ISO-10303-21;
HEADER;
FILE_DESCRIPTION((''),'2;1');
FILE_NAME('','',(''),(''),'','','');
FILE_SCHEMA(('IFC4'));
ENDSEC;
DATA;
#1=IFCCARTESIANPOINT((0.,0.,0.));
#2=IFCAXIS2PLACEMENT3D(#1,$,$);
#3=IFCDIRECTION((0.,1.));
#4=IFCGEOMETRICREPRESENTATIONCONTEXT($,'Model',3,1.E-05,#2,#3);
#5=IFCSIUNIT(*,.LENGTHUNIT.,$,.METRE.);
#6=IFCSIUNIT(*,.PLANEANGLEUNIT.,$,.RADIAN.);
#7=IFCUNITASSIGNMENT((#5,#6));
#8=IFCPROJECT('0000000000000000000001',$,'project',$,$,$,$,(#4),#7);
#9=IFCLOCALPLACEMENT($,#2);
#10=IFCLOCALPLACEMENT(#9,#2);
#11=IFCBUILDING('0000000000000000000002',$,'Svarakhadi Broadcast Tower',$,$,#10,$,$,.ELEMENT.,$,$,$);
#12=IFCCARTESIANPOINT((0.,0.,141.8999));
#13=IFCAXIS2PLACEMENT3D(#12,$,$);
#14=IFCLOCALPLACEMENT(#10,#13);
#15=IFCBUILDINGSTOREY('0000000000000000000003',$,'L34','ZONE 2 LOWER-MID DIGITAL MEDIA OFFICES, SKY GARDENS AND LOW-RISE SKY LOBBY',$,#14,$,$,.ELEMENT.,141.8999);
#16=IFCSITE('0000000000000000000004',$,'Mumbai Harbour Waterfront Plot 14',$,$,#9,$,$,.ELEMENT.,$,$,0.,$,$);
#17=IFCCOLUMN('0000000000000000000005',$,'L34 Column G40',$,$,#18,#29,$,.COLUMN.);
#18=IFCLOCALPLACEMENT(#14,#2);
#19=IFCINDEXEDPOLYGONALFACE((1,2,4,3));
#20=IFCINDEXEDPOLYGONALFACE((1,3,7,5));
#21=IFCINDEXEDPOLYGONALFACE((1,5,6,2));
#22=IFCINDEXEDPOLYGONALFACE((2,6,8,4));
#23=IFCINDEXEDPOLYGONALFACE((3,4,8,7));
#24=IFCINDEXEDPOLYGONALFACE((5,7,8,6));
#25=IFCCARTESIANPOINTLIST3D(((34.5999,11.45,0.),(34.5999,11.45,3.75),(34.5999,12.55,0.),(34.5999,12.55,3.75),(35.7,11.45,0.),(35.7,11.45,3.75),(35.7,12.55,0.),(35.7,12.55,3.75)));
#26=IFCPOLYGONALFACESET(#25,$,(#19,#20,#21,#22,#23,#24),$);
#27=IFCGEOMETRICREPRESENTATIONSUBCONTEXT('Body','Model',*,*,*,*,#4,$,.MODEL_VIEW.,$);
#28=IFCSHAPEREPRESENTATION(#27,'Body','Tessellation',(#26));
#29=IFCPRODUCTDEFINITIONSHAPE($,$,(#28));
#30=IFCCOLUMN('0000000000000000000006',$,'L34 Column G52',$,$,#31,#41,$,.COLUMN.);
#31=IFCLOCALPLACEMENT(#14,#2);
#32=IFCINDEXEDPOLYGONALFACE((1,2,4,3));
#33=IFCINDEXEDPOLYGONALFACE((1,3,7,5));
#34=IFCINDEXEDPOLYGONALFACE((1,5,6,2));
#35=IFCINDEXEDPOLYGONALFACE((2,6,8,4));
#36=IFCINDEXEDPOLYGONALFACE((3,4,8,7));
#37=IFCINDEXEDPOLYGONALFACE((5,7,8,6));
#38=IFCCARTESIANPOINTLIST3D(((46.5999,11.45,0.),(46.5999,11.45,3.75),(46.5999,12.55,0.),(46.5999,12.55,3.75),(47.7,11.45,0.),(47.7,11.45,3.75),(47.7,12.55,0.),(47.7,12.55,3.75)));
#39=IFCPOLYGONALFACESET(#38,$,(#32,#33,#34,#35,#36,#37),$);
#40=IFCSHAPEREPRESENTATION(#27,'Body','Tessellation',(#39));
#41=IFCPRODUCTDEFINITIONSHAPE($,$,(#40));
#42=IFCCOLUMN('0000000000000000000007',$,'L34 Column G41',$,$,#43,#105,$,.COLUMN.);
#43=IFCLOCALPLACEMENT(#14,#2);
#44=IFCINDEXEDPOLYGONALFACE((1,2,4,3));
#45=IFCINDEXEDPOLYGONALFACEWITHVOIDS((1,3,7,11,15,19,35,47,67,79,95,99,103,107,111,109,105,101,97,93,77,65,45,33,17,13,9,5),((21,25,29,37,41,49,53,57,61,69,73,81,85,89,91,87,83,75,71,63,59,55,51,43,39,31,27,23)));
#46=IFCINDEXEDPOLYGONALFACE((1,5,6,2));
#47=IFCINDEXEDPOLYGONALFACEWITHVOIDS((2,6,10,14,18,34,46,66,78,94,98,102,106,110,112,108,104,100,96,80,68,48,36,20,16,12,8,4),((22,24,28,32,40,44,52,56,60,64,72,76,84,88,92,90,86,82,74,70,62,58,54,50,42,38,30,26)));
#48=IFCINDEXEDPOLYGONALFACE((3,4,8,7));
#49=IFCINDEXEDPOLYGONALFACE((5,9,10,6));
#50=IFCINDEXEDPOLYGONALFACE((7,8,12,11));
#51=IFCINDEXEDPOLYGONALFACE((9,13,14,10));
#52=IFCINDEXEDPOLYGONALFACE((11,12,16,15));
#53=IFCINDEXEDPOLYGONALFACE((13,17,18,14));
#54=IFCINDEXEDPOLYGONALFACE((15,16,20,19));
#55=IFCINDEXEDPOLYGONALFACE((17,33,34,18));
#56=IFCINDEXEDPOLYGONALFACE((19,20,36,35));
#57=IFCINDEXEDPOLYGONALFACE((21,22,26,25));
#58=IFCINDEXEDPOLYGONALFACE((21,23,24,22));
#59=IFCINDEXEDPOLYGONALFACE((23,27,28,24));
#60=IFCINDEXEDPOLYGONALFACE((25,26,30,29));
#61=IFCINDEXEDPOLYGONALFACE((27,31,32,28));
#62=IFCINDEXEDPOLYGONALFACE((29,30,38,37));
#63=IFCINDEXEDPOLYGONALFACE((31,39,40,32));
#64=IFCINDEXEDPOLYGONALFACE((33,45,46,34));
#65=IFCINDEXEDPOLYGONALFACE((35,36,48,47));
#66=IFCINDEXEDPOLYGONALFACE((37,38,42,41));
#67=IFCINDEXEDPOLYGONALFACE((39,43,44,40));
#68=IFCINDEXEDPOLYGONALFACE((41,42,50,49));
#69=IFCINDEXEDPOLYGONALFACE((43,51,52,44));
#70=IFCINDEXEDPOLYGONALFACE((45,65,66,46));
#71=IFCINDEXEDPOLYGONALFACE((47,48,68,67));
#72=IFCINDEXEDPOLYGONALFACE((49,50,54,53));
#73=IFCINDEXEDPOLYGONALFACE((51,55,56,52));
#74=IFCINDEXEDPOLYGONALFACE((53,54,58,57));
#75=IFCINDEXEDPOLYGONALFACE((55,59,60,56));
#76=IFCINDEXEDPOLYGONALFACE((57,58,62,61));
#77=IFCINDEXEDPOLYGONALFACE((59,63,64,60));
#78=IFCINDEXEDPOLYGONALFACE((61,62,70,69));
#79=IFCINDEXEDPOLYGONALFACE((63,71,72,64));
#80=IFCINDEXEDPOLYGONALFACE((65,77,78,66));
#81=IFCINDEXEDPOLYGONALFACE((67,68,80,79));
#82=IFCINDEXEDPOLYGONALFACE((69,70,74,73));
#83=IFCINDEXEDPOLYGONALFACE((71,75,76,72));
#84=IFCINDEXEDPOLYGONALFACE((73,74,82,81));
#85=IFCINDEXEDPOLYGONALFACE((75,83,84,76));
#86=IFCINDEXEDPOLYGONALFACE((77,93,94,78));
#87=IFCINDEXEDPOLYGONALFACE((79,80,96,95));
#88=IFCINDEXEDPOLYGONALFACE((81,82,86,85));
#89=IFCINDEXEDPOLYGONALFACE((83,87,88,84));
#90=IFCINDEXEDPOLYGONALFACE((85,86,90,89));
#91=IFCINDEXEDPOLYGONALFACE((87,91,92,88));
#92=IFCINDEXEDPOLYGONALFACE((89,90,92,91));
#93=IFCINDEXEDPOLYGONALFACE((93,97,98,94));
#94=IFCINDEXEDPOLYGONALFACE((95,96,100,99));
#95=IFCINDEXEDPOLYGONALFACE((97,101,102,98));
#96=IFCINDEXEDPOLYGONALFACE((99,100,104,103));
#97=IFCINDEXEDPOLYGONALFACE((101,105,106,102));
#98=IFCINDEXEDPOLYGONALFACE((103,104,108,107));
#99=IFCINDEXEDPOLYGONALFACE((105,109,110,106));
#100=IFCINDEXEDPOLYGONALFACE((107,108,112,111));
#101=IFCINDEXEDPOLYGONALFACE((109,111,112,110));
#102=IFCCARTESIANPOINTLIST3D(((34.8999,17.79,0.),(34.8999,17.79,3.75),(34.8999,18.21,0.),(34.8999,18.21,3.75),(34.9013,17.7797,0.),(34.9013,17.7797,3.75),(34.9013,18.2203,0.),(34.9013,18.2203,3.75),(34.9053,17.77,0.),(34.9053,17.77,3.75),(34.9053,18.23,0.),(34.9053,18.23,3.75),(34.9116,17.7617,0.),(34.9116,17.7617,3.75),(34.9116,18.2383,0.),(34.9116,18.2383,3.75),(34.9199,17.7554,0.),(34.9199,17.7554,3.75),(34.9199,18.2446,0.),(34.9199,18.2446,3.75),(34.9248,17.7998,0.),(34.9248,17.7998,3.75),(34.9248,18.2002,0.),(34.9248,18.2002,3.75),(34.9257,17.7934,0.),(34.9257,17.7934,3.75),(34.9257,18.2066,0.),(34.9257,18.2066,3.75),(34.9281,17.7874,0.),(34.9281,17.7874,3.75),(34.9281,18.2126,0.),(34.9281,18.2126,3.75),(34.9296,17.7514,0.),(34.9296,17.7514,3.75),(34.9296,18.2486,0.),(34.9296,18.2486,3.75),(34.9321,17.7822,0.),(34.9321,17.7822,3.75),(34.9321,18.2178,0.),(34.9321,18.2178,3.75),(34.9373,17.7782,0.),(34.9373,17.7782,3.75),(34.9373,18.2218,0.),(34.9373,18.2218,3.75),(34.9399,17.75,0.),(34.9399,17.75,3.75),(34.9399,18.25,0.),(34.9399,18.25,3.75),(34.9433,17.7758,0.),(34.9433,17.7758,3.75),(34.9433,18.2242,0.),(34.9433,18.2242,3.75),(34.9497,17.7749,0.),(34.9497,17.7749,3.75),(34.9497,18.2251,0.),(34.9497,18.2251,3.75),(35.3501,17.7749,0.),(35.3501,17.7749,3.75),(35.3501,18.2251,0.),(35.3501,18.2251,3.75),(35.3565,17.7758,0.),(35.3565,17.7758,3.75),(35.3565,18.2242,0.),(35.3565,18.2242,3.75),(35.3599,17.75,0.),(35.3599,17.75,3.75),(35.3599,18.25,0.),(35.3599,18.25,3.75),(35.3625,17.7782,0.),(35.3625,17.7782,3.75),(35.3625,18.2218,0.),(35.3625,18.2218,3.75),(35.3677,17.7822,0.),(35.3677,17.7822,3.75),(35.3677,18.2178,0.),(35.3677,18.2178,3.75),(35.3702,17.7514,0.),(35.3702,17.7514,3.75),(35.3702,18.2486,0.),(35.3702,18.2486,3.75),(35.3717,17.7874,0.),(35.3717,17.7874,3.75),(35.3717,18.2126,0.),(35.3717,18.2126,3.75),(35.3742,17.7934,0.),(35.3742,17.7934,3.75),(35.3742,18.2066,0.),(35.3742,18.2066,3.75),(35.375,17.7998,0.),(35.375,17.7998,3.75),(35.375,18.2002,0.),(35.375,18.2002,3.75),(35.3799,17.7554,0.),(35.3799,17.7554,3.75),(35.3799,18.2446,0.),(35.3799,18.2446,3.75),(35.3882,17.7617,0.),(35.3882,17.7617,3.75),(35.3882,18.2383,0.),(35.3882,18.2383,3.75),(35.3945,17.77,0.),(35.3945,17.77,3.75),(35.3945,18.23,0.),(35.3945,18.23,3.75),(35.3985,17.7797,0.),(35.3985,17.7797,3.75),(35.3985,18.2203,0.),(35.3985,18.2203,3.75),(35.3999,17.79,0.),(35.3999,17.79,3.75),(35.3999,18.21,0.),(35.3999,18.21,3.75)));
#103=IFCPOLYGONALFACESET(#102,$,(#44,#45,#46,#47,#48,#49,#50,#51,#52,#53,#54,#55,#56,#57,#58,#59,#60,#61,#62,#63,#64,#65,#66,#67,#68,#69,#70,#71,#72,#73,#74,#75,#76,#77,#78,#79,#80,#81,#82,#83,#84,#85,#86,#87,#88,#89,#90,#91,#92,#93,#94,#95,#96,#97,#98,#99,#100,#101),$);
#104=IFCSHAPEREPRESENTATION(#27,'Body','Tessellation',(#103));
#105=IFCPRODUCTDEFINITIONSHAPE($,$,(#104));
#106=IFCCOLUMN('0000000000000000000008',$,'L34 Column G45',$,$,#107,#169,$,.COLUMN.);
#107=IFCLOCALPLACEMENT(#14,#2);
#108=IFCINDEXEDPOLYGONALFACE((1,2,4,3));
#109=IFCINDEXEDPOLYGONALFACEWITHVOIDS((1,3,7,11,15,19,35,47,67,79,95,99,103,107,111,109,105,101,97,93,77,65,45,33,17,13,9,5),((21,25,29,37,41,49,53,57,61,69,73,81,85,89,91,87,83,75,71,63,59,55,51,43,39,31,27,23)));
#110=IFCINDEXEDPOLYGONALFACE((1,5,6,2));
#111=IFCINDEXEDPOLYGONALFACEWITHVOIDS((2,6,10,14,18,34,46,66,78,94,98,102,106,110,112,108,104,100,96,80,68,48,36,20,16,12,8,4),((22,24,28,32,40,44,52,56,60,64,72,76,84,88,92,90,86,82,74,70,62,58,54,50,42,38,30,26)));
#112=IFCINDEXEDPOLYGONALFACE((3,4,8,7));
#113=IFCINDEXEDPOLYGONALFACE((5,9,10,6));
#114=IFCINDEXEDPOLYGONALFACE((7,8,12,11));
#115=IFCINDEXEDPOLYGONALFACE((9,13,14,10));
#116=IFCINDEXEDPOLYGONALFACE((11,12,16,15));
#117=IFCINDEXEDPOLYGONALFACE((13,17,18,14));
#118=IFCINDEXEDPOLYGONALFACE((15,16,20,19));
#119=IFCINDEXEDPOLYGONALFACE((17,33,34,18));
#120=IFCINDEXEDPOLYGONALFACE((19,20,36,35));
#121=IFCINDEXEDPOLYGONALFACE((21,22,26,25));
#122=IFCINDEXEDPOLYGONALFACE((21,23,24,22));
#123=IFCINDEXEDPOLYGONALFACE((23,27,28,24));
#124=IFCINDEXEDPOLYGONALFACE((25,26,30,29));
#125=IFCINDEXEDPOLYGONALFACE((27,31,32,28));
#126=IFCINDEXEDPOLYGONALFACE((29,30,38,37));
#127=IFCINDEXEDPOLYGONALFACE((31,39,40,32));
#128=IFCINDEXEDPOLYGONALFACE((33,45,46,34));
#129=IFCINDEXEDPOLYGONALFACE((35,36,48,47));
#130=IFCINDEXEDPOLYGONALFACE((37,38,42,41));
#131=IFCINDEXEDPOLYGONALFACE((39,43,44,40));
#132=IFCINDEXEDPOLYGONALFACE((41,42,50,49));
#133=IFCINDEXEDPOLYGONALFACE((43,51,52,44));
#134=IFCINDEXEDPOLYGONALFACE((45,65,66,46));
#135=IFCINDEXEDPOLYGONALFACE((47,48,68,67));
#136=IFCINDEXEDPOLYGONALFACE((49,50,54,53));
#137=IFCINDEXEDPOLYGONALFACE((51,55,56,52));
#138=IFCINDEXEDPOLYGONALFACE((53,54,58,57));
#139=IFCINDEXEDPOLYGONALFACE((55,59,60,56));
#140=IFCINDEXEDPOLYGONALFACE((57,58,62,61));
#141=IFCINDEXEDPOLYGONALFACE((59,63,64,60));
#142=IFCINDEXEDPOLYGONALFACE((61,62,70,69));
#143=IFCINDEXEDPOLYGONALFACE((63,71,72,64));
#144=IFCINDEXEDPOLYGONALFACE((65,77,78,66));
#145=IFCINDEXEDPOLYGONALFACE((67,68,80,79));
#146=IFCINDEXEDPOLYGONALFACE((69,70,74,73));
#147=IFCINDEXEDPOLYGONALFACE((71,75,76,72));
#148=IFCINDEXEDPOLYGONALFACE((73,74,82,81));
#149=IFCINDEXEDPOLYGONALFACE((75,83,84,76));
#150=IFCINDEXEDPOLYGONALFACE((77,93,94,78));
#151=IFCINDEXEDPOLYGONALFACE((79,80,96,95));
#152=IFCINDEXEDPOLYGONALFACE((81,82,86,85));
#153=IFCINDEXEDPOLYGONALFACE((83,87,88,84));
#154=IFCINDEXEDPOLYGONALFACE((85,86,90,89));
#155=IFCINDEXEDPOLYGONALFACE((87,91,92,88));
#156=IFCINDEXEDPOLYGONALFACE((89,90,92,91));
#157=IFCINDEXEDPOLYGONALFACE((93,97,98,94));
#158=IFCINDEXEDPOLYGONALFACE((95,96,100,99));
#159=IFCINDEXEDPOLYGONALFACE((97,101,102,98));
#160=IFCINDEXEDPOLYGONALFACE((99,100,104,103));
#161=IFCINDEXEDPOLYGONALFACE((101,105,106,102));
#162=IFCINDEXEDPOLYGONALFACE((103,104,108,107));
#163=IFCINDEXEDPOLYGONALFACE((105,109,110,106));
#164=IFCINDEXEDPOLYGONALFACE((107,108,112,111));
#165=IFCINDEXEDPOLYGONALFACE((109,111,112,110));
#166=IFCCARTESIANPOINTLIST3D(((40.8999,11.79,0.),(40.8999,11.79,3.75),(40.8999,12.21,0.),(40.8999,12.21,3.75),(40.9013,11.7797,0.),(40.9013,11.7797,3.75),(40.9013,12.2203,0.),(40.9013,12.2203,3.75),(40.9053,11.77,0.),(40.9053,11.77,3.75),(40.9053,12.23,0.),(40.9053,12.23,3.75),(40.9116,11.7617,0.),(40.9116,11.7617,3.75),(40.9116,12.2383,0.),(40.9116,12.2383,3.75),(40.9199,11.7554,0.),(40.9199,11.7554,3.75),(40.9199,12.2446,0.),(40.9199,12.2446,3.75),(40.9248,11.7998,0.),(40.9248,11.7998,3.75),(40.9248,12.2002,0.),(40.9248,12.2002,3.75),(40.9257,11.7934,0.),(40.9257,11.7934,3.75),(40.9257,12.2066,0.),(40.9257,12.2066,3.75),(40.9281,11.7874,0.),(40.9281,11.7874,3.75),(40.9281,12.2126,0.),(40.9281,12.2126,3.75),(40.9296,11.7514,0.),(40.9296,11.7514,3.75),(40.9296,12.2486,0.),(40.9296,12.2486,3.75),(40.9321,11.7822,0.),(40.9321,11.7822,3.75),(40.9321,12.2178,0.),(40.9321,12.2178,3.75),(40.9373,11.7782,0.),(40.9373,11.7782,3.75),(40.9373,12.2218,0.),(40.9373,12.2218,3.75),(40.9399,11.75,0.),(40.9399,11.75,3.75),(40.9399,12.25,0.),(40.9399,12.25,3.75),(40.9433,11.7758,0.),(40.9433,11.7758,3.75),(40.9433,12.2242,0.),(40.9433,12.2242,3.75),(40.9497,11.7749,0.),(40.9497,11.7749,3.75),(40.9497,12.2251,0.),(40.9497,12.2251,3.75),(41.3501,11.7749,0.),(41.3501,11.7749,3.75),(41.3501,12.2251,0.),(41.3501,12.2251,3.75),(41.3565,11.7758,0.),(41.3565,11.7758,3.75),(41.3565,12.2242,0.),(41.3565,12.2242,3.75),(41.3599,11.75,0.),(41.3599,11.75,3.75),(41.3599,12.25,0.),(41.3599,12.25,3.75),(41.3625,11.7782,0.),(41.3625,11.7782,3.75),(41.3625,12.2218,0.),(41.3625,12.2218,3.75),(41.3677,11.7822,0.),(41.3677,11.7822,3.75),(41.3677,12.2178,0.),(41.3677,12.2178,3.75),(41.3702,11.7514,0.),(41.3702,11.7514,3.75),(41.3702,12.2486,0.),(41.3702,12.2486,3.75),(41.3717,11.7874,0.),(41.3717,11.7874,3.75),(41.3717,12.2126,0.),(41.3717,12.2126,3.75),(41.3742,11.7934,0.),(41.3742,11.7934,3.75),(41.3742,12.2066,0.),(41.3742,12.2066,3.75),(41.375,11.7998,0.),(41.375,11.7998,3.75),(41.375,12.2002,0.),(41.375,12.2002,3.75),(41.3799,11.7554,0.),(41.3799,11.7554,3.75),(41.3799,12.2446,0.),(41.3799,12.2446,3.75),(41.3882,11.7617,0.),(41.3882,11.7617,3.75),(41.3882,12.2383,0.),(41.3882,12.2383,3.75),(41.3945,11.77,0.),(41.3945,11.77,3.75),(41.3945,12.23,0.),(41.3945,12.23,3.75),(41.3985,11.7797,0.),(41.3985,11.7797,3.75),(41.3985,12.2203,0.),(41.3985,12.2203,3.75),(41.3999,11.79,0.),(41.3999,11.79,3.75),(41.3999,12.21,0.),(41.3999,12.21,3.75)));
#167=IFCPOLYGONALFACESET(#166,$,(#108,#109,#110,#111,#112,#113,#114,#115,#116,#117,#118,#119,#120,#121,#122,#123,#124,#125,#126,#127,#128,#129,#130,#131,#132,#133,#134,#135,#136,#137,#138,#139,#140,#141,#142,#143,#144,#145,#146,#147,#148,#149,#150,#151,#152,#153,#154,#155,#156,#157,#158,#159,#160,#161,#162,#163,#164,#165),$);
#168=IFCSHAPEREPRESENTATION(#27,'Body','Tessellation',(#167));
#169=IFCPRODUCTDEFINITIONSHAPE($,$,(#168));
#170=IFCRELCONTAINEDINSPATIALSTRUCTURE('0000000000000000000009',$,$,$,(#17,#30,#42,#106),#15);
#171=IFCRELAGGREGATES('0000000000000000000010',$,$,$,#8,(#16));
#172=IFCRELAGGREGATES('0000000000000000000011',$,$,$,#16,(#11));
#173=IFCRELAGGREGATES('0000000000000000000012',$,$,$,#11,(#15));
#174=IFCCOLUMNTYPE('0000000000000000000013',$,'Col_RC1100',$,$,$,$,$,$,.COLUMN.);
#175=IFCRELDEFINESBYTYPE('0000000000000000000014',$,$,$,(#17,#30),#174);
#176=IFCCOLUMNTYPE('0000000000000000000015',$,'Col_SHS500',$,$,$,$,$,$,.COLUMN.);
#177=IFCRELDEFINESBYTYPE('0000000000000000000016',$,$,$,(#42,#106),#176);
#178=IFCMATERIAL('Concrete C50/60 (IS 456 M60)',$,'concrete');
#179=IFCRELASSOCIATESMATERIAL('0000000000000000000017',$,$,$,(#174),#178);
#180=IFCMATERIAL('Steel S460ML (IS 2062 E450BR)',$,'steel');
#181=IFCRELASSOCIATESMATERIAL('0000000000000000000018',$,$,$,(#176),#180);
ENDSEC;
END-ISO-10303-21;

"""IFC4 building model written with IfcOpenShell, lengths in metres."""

from ifc_helpers import new_model, si_unit, direction, frame, origin, origin_2d, place, context, subcontext, project, spatial, rectangle, hollow_rectangle, extrude, material, material_profile, profile_set, type_object, element, save


model = new_model("IFC4")

# Units and contexts
model_context = context("Model", 3, precision=1e-05, world=origin(), true_north=direction((0.0, 1.0)))
body_context = subcontext(model_context, "Body", "Model", "MODEL_VIEW")
ifc_project = project(units=[si_unit("LENGTHUNIT", "METRE"), si_unit("PLANEANGLEUNIT", "RADIAN")], contexts=[model_context])

# Site, building, storey
site_placement = place(None, origin())
site = spatial("IfcSite", under=ifc_project, at=site_placement, Name="Mumbai Harbour Waterfront Plot 14", CompositionType="ELEMENT", RefElevation=0.0)
building_placement = place(site_placement, origin())
building = spatial("IfcBuilding", under=site, at=building_placement, Name="Svarakhadi Broadcast Tower", CompositionType="ELEMENT")
storey_placement = place(building_placement, frame((0.0, 0.0, 141.8999)))
storey = spatial("IfcBuildingStorey", under=building, at=storey_placement, Name="L34", Description="ZONE 2 LOWER-MID DIGITAL MEDIA OFFICES, SKY GARDENS AND LOW-RISE SKY LOBBY", CompositionType="ELEMENT", Elevation=141.8999)

# Columns
ifc_material_1 = material(Name="Concrete C50/60 (IS 456 M60)", Category="concrete")
ifc_material_profile_1 = material_profile(ifc_material_1, rectangle(XDim=1.1001, YDim=1.1001, at=origin_2d()), Name="RC 1100x1100")
ifc_profile_set_1 = profile_set([ifc_material_profile_1], Name="Concrete C50/60 (IS 456 M60)")
column_type_1 = type_object("IfcColumnType", Name="Col_RC1100", PredefinedType="COLUMN", material=ifc_profile_set_1)
for number, where, z_axis, x_axis, name in (
    (1, (35.1499, 12.0, 0.0), (0.0, 0.0, 1.0), (1.0, 0.0, 0.0), "L34 Column G40"),
    (2, (47.1499, 12.0, 0.0), (0.0, 0.0, 1.0), (1.0, 0.0, 0.0), "L34 Column G52"),
):
    element("IfcColumn", number, at=place(storey_placement, frame(where, z_axis=z_axis, x_axis=x_axis)), inside=storey, type_object=column_type_1, Name=name, PredefinedType="COLUMN", context=body_context, shape_type="SweptSolid", body=[
        extrude(rectangle(XDim=1.1001, YDim=1.1001, at=origin_2d()), origin(), (0.0, 0.0, 1.0), 3.75),
    ])
ifc_material_2 = material(Name="Steel S460ML (IS 2062 E450BR)", Category="steel")
ifc_material_profile_2 = material_profile(ifc_material_2, hollow_rectangle(XDim=0.5, YDim=0.5, WallThickness=0.0249, InnerFilletRadius=0.0249, OuterFilletRadius=0.04, at=origin_2d()), Name="SHS 500x500x25")
ifc_profile_set_2 = profile_set([ifc_material_profile_2], Name="Steel S460ML (IS 2062 E450BR)")
column_type_2 = type_object("IfcColumnType", Name="Col_SHS500", PredefinedType="COLUMN", material=ifc_profile_set_2)
for number, where, z_axis, x_axis, name in (
    (3, (35.1499, 18.0, 0.0), (0.0, 0.0, 1.0), (1.0, 0.0, 0.0), "L34 Column G41"),
    (4, (41.1499, 12.0, 0.0), (0.0, 0.0, 1.0), (1.0, 0.0, 0.0), "L34 Column G45"),
):
    element("IfcColumn", number, at=place(storey_placement, frame(where, z_axis=z_axis, x_axis=x_axis)), inside=storey, type_object=column_type_2, Name=name, PredefinedType="COLUMN", context=body_context, shape_type="SweptSolid", body=[
        extrude(hollow_rectangle(XDim=0.5, YDim=0.5, WallThickness=0.0249, InnerFilletRadius=0.0249, OuterFilletRadius=0.04, at=origin_2d()), origin(), (0.0, 0.0, 1.0), 3.75),
    ])

save(model, "model.ifc")
